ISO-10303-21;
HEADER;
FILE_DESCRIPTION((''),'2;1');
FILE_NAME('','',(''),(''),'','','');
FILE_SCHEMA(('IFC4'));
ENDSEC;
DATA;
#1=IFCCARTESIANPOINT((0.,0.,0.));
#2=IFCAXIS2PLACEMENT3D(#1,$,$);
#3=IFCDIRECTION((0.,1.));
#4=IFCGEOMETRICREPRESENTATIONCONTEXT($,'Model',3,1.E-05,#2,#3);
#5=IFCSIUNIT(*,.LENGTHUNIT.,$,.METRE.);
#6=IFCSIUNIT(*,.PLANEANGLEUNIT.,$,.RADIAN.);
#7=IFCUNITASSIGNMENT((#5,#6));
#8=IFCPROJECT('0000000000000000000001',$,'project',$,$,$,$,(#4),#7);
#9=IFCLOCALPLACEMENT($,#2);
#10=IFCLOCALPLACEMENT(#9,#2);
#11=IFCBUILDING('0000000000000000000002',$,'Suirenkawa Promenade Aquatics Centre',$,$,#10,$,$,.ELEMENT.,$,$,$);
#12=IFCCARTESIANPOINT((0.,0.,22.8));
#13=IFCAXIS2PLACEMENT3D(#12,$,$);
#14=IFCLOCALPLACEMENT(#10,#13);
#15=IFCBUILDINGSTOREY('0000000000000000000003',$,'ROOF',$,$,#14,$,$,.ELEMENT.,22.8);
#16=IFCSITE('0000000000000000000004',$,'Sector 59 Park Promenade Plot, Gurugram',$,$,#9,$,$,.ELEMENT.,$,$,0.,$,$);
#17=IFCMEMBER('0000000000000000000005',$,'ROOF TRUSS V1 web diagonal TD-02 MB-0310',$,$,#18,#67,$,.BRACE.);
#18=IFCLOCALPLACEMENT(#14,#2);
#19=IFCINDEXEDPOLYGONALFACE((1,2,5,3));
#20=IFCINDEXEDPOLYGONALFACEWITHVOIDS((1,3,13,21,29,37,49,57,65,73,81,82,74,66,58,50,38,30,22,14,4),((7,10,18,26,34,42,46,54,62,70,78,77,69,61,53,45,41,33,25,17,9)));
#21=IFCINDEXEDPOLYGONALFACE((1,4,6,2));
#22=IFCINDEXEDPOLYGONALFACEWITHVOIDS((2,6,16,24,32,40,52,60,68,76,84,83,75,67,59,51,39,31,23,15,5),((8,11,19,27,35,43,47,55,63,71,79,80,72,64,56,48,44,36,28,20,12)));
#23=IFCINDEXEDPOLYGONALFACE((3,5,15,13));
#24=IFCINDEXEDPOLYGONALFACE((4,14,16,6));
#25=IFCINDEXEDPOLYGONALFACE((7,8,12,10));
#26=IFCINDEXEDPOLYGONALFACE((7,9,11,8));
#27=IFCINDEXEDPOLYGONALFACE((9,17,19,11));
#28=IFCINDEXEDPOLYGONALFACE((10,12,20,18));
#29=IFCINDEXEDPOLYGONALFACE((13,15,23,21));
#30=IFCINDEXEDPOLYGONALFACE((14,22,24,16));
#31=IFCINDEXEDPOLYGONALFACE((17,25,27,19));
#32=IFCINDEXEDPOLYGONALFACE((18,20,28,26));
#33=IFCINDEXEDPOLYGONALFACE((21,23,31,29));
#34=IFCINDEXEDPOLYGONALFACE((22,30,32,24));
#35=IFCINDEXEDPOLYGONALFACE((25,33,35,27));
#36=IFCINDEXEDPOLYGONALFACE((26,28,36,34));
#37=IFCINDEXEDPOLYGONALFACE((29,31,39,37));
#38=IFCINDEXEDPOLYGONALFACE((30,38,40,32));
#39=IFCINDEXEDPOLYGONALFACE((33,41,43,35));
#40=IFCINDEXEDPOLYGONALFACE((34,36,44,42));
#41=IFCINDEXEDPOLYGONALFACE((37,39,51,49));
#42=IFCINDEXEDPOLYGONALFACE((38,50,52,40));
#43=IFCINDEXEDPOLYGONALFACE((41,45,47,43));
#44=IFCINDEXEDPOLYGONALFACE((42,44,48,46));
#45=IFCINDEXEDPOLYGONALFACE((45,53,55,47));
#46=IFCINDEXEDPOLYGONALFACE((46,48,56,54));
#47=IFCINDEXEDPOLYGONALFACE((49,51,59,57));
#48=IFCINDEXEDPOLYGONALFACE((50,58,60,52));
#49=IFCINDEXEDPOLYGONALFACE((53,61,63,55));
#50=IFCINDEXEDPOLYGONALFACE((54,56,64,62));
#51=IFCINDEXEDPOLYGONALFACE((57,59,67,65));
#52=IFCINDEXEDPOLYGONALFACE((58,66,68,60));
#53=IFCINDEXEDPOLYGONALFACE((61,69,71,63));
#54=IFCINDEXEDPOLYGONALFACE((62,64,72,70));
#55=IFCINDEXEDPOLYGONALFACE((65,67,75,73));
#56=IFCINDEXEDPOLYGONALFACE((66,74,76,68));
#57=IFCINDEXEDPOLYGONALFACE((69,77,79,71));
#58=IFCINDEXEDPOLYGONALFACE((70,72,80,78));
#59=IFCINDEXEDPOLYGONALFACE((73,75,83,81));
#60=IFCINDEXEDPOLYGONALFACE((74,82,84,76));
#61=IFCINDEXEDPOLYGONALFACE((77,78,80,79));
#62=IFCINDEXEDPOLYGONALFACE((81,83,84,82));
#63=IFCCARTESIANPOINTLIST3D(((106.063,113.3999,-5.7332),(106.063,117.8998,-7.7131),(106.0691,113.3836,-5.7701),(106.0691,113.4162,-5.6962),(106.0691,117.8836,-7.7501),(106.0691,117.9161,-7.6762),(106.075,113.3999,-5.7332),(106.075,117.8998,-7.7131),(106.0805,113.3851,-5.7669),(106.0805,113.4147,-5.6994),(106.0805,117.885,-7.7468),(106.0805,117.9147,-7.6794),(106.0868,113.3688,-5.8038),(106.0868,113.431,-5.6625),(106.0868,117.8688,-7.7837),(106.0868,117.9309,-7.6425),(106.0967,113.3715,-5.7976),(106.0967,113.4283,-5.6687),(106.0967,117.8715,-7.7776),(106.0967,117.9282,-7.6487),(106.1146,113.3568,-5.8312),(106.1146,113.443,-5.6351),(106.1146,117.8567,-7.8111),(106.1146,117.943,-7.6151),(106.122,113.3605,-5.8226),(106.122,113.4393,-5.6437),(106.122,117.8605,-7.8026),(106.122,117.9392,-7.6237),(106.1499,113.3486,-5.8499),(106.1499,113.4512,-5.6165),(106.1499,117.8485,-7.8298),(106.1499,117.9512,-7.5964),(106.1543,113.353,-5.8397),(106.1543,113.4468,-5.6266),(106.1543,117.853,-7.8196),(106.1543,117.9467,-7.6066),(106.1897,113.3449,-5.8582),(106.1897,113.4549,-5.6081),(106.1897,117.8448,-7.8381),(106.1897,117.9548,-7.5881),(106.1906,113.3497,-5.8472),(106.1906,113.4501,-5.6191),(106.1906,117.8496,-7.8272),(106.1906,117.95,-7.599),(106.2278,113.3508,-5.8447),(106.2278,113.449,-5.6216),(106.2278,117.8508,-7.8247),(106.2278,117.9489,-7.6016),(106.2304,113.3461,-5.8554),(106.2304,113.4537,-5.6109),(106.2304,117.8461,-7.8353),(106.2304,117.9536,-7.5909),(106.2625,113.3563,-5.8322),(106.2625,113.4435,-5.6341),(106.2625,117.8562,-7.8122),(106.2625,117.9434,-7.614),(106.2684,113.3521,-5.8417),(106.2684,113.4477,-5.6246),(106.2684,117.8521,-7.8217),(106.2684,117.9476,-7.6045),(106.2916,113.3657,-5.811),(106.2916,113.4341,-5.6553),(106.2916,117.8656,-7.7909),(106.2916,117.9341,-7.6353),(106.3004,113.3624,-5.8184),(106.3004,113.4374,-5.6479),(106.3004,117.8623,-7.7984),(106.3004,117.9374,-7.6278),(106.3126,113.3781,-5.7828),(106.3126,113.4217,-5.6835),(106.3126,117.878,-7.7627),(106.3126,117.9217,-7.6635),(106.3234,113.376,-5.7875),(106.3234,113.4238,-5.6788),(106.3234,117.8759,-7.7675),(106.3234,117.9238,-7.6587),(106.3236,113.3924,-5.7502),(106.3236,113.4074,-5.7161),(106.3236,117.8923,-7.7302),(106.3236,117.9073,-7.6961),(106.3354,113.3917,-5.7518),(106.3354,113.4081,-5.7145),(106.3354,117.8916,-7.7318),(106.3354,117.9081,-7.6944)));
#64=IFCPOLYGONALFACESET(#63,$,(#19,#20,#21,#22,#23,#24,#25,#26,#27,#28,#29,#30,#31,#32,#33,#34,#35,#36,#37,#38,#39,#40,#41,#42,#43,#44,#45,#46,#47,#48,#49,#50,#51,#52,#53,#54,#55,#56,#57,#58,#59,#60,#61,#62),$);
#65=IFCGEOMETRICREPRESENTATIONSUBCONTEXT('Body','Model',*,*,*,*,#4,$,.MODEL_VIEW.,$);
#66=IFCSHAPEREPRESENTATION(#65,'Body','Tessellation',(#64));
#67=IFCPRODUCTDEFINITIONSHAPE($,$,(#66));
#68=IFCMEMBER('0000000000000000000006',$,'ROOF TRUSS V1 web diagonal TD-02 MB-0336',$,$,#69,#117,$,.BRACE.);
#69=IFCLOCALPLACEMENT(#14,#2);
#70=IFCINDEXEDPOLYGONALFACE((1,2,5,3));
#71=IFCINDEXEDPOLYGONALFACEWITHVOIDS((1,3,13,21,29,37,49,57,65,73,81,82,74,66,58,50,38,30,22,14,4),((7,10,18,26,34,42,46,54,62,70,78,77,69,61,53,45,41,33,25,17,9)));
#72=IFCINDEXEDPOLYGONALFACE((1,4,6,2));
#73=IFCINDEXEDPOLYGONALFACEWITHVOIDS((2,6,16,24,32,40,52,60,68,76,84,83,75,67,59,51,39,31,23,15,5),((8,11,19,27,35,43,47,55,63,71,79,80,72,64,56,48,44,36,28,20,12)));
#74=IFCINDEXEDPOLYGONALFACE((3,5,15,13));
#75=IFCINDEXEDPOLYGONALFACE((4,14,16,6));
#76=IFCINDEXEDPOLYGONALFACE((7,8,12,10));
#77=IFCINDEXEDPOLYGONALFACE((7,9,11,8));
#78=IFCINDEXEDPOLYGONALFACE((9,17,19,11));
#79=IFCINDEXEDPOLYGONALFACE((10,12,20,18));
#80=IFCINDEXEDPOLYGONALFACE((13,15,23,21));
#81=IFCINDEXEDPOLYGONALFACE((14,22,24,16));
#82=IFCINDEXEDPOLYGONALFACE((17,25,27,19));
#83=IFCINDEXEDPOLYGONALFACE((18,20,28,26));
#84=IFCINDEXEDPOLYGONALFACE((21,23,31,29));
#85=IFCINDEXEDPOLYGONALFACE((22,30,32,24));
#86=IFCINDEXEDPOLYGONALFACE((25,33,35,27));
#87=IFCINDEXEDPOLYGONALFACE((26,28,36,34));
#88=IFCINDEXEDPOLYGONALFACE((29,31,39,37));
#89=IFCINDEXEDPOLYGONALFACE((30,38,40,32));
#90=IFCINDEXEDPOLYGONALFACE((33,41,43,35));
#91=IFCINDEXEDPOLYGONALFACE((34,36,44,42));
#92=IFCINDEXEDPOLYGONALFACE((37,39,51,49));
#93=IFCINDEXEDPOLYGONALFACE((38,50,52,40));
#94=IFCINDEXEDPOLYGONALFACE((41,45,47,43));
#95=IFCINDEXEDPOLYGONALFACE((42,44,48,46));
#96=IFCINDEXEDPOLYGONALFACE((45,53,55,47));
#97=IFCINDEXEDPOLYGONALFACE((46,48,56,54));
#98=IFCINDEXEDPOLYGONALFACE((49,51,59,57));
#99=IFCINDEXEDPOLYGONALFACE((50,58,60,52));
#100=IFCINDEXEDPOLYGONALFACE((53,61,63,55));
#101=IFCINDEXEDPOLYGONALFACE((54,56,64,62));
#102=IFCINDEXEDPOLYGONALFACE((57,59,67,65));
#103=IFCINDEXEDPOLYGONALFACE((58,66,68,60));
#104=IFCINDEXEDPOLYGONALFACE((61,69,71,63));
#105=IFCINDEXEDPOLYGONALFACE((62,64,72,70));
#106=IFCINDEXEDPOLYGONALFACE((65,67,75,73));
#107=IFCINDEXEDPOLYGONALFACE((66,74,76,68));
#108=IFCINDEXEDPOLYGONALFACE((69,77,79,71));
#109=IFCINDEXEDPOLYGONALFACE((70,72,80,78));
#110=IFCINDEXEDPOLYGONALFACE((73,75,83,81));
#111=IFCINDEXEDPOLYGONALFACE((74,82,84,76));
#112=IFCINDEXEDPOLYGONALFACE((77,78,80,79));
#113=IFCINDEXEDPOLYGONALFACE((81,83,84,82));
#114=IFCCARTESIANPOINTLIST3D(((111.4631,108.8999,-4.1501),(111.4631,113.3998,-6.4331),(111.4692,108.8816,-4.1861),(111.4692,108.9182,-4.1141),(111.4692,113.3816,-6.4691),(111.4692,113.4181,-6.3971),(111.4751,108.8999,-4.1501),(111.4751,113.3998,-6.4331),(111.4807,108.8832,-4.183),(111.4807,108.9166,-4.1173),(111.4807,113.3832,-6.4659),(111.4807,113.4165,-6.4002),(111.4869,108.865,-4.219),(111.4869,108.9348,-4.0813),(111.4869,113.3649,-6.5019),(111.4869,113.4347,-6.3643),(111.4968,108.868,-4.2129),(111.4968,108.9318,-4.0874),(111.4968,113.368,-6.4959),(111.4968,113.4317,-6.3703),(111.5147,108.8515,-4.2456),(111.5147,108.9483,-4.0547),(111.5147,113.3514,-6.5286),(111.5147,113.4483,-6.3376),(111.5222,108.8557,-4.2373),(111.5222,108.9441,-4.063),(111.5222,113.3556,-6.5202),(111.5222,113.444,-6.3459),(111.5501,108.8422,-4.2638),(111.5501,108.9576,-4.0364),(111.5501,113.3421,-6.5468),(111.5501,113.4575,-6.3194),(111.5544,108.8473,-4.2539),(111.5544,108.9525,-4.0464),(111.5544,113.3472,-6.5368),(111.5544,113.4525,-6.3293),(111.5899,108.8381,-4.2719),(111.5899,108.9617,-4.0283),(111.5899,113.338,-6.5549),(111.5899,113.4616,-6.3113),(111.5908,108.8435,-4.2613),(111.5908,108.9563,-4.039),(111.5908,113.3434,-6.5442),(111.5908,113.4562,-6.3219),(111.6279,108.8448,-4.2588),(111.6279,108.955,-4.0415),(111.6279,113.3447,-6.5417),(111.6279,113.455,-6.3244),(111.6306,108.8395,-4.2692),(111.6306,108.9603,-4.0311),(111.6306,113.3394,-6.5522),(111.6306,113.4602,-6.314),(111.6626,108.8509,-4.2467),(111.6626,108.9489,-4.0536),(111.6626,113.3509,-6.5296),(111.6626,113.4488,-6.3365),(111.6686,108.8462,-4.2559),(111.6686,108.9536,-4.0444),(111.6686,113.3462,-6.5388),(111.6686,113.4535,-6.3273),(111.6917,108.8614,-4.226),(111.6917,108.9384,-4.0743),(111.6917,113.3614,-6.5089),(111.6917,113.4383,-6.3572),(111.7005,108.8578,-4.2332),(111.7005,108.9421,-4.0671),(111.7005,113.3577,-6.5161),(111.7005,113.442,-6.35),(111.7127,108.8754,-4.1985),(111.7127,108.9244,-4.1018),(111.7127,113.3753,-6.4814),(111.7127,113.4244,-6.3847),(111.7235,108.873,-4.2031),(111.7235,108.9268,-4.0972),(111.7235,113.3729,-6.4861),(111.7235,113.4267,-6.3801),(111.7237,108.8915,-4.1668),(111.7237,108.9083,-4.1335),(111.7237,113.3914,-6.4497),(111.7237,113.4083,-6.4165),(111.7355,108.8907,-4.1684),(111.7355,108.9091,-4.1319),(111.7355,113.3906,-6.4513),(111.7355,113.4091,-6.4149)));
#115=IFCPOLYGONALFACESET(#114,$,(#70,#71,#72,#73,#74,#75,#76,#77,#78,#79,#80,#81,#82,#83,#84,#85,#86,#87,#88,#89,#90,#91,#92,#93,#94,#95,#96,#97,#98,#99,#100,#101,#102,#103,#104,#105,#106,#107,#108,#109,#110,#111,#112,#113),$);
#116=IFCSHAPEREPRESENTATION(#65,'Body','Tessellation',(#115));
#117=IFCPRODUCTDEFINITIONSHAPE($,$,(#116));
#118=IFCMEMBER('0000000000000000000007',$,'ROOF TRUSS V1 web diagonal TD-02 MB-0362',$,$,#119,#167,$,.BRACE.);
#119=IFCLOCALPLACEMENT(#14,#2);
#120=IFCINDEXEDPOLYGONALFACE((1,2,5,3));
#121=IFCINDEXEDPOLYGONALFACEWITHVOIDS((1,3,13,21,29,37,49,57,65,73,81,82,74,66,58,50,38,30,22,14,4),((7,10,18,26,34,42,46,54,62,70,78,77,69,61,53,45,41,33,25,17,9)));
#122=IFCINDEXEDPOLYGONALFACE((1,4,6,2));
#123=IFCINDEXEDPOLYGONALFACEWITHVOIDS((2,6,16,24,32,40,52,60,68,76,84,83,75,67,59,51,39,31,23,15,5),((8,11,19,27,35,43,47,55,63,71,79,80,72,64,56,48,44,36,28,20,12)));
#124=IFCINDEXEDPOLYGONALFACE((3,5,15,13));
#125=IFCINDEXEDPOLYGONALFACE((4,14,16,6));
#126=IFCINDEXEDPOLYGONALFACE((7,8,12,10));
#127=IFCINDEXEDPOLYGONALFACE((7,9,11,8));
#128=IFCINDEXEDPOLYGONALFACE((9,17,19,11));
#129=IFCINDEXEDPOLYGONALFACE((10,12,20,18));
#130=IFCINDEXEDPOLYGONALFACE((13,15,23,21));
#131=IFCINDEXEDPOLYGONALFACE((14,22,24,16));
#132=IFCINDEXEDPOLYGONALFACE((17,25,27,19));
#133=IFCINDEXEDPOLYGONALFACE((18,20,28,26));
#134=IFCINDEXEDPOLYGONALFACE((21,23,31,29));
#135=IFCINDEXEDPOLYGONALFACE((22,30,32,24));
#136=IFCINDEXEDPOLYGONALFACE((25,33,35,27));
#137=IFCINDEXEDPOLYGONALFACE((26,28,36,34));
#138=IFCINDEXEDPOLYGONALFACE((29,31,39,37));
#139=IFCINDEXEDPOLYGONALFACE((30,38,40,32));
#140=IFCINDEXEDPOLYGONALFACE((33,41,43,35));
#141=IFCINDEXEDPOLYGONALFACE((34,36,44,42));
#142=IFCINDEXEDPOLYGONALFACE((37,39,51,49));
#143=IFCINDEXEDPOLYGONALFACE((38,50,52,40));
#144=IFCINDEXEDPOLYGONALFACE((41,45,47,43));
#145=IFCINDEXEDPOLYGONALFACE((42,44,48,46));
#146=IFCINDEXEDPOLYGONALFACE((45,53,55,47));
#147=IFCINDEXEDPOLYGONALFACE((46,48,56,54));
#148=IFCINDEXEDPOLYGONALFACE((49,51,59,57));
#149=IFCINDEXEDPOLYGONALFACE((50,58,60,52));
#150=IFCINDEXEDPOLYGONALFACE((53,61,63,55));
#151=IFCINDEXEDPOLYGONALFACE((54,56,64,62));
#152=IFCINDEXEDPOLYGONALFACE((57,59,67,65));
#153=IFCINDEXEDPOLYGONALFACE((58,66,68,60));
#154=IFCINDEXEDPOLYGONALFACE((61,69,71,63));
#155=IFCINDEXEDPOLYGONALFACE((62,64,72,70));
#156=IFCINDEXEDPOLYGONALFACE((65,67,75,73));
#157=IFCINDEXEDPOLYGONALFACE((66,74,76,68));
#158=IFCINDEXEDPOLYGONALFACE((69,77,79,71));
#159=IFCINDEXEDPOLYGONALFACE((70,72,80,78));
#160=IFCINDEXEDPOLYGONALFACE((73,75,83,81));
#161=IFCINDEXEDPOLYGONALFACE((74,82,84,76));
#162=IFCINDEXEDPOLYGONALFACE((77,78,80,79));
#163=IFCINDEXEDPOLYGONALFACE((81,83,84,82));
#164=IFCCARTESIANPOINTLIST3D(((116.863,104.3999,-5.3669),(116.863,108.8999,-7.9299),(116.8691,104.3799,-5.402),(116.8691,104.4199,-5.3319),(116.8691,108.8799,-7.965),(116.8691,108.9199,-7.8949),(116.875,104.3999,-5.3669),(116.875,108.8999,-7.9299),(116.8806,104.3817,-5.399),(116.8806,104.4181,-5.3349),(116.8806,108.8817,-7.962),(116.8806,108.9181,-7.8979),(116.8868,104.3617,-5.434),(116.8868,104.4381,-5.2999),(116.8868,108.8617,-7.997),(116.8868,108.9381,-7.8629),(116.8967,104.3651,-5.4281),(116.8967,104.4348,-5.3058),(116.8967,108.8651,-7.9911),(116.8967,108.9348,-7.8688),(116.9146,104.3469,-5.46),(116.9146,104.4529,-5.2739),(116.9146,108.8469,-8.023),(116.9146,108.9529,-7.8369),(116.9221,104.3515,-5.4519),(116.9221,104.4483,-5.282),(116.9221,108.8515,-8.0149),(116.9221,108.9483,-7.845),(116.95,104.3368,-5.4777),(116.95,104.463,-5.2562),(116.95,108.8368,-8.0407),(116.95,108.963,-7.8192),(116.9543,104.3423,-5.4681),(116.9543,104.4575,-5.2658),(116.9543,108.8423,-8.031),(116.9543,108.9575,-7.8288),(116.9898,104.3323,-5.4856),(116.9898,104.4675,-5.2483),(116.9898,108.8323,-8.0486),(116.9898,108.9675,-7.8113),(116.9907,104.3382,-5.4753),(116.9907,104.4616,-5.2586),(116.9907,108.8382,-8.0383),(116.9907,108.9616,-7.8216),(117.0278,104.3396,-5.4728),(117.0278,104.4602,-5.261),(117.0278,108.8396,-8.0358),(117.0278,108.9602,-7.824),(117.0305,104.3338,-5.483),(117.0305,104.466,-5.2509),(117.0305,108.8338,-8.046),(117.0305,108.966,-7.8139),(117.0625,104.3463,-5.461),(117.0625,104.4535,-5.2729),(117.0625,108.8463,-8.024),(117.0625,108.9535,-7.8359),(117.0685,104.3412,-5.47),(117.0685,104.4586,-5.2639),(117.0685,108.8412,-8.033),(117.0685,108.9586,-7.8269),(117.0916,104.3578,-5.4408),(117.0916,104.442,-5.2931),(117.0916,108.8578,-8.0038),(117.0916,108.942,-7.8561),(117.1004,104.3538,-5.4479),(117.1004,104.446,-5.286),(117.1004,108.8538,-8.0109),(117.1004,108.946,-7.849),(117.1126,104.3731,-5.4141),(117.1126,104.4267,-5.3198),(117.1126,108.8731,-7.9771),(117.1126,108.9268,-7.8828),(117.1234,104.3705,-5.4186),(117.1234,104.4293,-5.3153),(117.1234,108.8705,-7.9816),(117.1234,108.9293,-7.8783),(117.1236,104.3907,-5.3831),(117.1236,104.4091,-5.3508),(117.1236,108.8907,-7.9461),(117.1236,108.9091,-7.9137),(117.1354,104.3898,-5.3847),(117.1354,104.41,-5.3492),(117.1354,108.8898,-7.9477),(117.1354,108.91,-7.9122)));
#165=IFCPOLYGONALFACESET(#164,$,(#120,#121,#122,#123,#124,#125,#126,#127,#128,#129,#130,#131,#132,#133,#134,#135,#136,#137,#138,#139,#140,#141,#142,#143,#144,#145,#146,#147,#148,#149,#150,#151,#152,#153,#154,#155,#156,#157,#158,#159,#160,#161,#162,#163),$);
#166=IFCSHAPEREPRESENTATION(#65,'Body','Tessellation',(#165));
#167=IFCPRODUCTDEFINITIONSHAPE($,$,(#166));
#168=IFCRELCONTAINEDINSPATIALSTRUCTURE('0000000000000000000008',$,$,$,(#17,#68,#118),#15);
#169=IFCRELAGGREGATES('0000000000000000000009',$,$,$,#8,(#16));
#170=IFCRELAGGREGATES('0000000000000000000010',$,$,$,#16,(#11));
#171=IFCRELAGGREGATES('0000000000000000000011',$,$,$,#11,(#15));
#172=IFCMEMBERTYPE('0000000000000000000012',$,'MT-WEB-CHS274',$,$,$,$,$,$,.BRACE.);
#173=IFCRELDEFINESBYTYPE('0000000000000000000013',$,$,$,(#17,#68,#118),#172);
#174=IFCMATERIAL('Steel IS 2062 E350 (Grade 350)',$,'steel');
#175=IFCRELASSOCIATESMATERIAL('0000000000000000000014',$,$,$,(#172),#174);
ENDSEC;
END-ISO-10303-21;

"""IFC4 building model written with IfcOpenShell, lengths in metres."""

from ifc_helpers import new_model, si_unit, direction, frame, origin, origin_2d, place, context, subcontext, project, spatial, hollow_circle, extrude, material, material_profile, profile_set, type_object, element, save


model = new_model("IFC4")

# Units and contexts
model_context = context("Model", 3, precision=1e-05, world=origin(), true_north=direction((0.0, 1.0)))
body_context = subcontext(model_context, "Body", "Model", "MODEL_VIEW")
ifc_project = project(units=[si_unit("LENGTHUNIT", "METRE"), si_unit("PLANEANGLEUNIT", "RADIAN")], contexts=[model_context])

# Site, building, storey
site_placement = place(None, origin())
site = spatial("IfcSite", under=ifc_project, at=site_placement, Name="Sector 59 Park Promenade Plot, Gurugram", CompositionType="ELEMENT", RefElevation=0.0)
building_placement = place(site_placement, origin())
building = spatial("IfcBuilding", under=site, at=building_placement, Name="Suirenkawa Promenade Aquatics Centre", CompositionType="ELEMENT")
storey_placement = place(building_placement, frame((0.0, 0.0, 22.8)))
storey = spatial("IfcBuildingStorey", under=building, at=storey_placement, Name="ROOF", CompositionType="ELEMENT", Elevation=22.8)

# Shared definitions
ifc_material = material(Name="Steel IS 2062 E350 (Grade 350)", Category="steel")

# Members
ifc_material_profile_1 = material_profile(ifc_material, hollow_circle(Radius=0.137, WallThickness=0.012, at=origin_2d()), Name="CHS 274x12", Category="steel")
ifc_profile_set_1 = profile_set([ifc_material_profile_1], Name="Steel IS 2062 E350 (Grade 350)")
member_type_1 = type_object("IfcMemberType", Name="MT-WEB-CHS274", PredefinedType="BRACE", material=ifc_profile_set_1)
member_1_placement = place(storey_placement, frame((106.2, 113.3999, -5.7332), z_axis=(0.0, 0.915316, -0.402735), x_axis=(-1.0, 0.0, 0.0)))
element("IfcMember", 1, at=member_1_placement, inside=storey, type_object=member_type_1, Name="ROOF TRUSS V1 web diagonal TD-02 MB-0310", PredefinedType="BRACE", context=body_context, shape_type="SweptSolid", body=[
    extrude(hollow_circle(Radius=0.137, WallThickness=0.012, at=origin_2d()), origin(), (0.0, 0.0, 1.0), 4.9163),
])
member_2_placement = place(storey_placement, frame((111.6001, 108.8999, -4.1501), z_axis=(0.0, 0.891799, -0.452431), x_axis=(-1.0, 0.0, 0.0)))
element("IfcMember", 2, at=member_2_placement, inside=storey, type_object=member_type_1, Name="ROOF TRUSS V1 web diagonal TD-02 MB-0336", PredefinedType="BRACE", context=body_context, shape_type="SweptSolid", body=[
    extrude(hollow_circle(Radius=0.137, WallThickness=0.012, at=origin_2d()), origin(), (0.0, 0.0, 1.0), 5.0459),
])
member_3_placement = place(storey_placement, frame((117.0, 104.3999, -5.3669), z_axis=(0.0, 0.868944, -0.49491), x_axis=(-1.0, 0.0, 0.0)))
element("IfcMember", 3, at=member_3_placement, inside=storey, type_object=member_type_1, Name="ROOF TRUSS V1 web diagonal TD-02 MB-0362", PredefinedType="BRACE", context=body_context, shape_type="SweptSolid", body=[
    extrude(hollow_circle(Radius=0.137, WallThickness=0.012, at=origin_2d()), origin(), (0.0, 0.0, 1.0), 5.1787),
])

save(model, "model.ifc")
